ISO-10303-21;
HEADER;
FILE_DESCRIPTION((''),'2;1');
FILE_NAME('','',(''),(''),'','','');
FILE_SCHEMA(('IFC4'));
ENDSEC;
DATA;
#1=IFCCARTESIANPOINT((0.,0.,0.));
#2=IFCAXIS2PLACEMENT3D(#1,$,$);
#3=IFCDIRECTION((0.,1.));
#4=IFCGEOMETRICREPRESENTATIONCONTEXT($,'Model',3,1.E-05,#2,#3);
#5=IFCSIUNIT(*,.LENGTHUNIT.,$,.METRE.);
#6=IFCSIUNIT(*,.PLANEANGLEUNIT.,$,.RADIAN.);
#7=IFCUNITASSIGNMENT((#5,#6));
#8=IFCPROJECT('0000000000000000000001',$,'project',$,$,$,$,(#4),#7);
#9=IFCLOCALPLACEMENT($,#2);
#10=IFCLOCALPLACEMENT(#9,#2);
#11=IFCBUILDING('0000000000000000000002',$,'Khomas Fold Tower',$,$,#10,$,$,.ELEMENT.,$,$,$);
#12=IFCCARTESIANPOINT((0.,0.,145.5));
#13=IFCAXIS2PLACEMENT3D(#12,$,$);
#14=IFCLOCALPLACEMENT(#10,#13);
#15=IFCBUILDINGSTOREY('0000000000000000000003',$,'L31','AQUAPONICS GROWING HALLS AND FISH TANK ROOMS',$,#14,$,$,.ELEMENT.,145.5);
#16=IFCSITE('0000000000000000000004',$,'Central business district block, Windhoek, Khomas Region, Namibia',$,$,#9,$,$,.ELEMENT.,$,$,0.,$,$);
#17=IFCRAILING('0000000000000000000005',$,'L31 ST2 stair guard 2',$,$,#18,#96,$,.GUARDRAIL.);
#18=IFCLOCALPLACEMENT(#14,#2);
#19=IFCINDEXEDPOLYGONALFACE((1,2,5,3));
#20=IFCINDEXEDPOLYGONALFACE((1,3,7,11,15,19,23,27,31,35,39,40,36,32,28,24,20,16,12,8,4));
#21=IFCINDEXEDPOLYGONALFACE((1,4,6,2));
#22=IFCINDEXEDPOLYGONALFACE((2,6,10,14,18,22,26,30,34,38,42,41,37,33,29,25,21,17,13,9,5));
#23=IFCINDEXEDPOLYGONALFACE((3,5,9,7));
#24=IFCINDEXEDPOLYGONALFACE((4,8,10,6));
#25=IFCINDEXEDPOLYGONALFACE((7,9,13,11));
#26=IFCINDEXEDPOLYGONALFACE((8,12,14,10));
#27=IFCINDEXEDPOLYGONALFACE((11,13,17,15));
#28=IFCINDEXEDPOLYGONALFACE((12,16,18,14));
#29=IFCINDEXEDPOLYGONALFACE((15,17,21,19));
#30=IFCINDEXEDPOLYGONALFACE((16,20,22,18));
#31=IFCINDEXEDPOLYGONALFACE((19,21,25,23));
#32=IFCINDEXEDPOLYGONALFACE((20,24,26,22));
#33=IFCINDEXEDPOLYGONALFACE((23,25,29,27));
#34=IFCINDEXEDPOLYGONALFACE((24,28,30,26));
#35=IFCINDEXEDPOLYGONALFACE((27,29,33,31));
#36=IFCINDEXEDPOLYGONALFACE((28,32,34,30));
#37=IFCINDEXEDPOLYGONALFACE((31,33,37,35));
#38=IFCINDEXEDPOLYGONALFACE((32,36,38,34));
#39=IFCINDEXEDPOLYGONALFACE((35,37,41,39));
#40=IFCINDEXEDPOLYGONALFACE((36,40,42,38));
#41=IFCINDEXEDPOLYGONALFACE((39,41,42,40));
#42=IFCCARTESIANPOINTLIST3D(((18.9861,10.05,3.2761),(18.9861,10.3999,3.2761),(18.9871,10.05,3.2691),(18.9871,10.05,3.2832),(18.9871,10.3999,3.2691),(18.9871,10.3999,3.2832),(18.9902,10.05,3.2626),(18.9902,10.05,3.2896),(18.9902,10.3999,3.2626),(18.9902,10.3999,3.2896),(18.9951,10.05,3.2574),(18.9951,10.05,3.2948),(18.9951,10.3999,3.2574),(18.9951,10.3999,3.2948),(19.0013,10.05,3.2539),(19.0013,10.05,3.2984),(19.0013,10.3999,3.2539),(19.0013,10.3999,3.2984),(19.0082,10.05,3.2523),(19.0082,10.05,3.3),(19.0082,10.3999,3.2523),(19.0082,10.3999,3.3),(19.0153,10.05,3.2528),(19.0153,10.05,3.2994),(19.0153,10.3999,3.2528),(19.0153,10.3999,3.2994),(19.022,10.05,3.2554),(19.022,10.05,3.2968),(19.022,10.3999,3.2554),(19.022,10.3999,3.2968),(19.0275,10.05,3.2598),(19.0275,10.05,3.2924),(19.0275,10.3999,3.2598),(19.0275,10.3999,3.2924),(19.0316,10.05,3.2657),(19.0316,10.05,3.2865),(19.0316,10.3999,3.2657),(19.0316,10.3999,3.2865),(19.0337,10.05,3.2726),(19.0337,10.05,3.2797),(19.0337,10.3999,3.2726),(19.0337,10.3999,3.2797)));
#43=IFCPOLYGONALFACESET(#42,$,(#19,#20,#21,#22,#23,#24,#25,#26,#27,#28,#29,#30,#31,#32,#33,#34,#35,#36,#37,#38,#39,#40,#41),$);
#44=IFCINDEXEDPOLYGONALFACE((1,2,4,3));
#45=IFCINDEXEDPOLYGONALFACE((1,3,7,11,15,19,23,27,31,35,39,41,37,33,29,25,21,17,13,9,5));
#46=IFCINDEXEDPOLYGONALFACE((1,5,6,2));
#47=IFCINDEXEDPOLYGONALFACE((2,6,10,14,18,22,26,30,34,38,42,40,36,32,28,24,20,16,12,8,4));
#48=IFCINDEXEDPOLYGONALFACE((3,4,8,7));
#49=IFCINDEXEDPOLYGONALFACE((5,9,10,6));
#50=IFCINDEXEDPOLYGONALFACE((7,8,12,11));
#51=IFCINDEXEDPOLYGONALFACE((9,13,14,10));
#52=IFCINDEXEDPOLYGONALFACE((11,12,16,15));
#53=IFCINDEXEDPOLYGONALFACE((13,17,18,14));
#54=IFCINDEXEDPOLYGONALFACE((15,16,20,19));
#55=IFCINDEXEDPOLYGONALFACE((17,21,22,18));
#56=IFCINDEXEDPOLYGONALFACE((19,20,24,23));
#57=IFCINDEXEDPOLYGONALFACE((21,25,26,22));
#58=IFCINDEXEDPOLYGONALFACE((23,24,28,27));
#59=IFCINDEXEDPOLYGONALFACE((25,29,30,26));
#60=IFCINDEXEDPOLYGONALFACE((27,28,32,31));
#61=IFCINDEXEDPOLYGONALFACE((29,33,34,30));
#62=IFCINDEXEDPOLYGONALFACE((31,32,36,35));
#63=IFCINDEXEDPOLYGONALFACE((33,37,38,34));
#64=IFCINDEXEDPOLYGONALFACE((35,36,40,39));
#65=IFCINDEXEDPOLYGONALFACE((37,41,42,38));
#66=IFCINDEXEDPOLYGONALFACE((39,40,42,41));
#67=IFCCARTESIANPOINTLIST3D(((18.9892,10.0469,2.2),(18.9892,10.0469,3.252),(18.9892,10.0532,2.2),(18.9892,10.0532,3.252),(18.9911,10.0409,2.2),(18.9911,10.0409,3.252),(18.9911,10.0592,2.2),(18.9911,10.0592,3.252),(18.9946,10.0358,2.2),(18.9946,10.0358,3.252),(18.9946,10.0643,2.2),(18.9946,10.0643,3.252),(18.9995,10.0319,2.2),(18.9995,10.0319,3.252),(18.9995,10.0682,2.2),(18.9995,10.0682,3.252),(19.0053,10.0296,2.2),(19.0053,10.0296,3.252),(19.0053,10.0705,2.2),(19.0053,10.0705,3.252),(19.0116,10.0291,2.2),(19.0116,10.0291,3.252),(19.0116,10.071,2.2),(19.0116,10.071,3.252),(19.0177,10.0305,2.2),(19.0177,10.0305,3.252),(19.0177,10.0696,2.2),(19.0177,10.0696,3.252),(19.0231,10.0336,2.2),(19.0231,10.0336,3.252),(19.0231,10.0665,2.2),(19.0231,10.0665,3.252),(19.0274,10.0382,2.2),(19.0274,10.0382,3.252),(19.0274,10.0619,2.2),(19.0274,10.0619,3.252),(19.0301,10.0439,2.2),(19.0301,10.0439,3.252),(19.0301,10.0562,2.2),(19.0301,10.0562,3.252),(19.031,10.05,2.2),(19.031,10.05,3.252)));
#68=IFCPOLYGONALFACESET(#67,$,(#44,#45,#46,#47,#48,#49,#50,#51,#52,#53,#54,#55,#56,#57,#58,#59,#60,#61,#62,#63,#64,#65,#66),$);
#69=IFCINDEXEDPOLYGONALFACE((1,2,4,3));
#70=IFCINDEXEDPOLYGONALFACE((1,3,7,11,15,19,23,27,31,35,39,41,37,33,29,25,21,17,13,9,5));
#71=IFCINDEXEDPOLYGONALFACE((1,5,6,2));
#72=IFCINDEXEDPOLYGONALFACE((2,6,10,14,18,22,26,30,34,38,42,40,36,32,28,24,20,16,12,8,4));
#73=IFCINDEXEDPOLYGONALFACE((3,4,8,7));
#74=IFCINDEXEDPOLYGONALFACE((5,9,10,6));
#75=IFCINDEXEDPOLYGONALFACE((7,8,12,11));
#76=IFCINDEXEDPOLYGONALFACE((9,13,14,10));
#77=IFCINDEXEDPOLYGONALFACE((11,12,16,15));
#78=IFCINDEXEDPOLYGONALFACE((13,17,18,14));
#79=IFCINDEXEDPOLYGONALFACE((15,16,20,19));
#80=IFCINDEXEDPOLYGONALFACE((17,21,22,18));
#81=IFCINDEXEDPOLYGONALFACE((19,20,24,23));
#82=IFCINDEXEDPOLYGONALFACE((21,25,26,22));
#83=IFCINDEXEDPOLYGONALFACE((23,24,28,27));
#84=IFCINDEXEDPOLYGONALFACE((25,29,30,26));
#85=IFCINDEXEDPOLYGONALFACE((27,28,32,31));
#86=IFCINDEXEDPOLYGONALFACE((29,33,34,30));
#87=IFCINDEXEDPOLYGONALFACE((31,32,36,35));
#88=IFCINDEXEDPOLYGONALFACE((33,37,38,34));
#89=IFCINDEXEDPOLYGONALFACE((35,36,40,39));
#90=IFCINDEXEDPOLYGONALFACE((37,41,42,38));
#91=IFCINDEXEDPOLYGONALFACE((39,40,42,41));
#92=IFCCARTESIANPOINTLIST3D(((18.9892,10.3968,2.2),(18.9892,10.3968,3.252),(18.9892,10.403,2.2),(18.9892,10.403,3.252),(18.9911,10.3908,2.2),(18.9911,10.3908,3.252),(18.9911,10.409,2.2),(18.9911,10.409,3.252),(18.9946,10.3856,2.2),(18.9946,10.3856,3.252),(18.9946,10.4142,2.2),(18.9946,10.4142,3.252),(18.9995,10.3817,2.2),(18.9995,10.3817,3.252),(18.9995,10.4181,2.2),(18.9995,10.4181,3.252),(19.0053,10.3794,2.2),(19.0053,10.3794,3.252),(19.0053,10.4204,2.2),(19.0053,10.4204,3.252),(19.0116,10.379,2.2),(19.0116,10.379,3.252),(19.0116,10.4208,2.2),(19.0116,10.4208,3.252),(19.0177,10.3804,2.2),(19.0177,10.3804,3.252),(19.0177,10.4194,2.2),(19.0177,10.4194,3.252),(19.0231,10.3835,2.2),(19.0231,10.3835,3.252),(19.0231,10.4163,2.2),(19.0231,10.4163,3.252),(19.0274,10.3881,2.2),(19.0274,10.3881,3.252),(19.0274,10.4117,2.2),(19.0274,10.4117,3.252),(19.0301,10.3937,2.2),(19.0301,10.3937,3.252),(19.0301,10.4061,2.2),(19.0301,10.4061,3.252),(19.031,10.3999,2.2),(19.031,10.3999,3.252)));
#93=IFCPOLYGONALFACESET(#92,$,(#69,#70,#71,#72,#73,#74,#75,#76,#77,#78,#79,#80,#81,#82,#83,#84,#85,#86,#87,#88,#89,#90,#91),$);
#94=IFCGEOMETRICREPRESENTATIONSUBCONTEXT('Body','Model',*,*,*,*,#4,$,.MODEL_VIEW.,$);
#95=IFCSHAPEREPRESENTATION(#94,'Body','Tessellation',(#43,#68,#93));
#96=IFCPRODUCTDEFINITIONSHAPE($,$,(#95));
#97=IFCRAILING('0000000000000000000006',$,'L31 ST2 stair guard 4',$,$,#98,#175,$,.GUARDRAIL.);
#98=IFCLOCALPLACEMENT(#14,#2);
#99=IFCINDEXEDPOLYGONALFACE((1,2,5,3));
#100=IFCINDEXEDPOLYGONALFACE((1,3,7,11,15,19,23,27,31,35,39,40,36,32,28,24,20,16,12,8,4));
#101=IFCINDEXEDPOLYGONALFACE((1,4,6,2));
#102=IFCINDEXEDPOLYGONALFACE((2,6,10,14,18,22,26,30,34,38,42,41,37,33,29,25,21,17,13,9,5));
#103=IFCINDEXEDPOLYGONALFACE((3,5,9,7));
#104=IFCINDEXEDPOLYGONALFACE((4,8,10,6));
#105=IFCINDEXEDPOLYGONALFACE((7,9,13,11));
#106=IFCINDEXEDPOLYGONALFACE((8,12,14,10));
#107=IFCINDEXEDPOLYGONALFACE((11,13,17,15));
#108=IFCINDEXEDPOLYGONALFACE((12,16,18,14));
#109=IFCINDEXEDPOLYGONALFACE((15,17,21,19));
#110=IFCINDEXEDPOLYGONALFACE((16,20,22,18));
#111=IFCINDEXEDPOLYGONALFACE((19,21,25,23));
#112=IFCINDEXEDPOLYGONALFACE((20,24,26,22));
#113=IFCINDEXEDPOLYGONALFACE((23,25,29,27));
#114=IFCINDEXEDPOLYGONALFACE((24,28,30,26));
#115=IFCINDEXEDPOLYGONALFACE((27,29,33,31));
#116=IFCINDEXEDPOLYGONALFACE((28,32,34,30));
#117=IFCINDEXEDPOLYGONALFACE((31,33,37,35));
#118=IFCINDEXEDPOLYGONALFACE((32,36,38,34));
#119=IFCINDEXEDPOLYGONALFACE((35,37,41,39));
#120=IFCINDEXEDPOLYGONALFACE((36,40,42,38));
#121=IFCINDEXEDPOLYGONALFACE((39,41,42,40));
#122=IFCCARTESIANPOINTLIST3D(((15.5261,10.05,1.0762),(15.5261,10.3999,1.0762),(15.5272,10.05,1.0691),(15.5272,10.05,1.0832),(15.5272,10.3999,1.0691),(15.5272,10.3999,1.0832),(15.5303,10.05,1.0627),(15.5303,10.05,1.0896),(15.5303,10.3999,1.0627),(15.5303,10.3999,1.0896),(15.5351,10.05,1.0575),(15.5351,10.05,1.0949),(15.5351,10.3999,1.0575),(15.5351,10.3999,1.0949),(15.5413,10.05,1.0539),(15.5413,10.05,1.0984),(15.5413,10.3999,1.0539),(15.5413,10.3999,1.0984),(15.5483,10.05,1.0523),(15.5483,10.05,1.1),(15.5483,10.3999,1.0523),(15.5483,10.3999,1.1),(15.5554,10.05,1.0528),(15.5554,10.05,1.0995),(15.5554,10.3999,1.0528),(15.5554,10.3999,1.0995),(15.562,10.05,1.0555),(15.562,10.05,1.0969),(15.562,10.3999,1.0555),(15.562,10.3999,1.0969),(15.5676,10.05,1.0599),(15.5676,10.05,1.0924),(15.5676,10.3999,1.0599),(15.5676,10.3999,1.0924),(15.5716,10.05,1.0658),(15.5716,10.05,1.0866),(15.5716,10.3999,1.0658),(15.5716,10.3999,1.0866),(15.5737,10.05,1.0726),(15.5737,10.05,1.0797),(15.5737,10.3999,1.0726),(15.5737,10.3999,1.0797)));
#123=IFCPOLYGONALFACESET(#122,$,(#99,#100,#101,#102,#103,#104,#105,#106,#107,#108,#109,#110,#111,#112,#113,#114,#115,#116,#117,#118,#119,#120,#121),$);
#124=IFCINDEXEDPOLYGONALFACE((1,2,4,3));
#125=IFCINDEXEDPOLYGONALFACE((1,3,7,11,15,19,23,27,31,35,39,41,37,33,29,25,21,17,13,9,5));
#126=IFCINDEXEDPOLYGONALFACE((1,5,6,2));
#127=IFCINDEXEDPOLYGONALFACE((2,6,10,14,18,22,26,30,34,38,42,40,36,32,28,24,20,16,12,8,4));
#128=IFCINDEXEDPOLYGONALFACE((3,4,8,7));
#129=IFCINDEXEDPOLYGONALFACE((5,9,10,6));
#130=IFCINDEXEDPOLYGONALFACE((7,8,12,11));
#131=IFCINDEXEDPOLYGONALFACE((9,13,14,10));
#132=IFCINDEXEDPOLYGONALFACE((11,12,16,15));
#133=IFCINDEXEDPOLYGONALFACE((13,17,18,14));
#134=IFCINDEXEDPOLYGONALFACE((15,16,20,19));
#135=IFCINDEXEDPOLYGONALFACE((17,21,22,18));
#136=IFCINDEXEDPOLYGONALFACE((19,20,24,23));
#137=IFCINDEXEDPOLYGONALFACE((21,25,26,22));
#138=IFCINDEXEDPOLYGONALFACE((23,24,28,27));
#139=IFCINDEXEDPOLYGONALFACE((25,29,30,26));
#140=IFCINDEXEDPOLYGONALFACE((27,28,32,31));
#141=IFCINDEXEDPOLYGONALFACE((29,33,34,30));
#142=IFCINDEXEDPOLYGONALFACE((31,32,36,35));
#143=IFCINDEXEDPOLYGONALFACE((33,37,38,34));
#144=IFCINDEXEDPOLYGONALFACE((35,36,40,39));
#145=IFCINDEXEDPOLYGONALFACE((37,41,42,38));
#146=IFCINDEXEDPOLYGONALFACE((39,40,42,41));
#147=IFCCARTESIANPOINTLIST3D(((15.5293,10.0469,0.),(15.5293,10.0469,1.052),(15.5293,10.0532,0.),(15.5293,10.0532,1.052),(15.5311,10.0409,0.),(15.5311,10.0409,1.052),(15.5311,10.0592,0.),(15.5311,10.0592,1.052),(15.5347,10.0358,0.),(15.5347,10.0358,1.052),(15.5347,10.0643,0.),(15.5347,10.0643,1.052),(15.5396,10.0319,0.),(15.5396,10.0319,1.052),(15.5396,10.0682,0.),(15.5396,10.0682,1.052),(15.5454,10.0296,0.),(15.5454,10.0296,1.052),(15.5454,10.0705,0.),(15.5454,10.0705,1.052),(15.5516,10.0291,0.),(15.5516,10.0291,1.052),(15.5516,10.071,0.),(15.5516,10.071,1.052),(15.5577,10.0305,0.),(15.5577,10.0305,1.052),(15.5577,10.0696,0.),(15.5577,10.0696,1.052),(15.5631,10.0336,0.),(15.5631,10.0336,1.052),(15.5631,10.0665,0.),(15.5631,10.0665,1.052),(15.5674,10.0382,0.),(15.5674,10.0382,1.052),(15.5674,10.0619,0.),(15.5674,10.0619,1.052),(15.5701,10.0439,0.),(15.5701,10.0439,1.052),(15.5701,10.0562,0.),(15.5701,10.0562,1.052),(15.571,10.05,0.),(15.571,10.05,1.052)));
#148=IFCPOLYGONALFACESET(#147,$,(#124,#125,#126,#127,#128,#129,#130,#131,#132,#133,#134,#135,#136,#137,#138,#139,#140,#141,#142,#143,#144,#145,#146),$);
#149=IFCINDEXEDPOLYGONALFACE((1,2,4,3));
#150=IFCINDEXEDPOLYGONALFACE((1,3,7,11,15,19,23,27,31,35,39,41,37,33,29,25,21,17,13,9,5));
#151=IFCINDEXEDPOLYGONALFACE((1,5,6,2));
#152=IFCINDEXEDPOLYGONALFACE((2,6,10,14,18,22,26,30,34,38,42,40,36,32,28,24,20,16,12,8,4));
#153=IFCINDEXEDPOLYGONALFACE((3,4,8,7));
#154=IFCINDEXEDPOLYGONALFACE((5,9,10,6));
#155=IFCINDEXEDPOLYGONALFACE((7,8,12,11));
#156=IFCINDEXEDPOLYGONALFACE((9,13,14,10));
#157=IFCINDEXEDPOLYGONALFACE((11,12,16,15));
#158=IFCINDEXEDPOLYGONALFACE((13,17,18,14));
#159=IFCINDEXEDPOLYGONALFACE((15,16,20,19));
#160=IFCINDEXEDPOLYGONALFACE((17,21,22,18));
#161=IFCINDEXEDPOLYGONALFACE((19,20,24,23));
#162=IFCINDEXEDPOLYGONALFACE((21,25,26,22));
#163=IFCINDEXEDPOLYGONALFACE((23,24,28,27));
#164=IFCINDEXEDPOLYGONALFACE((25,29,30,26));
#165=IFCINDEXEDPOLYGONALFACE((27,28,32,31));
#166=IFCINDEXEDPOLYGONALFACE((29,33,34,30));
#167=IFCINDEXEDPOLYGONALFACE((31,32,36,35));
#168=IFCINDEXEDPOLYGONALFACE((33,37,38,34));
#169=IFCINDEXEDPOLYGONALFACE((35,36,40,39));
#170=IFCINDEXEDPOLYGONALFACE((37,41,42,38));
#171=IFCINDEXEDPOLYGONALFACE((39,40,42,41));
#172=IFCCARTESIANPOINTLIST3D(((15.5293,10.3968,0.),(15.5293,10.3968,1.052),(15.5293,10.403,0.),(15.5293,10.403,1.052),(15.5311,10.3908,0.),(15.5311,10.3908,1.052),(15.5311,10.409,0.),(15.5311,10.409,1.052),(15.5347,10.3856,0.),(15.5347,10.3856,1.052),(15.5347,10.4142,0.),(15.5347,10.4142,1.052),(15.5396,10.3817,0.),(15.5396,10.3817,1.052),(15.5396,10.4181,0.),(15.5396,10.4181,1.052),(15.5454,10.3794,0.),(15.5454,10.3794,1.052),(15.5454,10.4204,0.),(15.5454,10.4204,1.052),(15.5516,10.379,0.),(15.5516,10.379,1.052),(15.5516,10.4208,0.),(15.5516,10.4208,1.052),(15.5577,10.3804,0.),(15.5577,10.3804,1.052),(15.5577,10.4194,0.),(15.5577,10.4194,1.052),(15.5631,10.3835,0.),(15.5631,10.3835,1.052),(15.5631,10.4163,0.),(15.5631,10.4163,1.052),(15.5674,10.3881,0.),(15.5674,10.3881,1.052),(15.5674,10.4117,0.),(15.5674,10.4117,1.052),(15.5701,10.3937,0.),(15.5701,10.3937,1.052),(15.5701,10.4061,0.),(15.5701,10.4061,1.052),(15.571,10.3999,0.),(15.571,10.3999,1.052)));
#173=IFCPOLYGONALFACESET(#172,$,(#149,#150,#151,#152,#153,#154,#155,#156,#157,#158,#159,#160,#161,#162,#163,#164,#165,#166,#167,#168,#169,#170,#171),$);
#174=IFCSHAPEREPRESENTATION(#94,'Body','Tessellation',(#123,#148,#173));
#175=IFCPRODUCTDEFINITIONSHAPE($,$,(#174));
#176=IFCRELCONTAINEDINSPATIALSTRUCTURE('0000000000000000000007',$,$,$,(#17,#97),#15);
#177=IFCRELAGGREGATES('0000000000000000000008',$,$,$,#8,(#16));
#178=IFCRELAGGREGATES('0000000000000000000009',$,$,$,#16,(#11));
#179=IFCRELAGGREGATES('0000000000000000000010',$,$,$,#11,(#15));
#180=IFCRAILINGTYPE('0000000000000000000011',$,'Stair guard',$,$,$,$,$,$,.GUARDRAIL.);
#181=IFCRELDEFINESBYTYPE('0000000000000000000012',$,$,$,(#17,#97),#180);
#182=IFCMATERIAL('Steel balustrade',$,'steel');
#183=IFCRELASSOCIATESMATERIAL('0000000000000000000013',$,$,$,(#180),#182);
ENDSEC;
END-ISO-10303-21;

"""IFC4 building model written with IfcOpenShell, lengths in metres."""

from ifc_helpers import new_model, si_unit, direction, frame, origin, origin_2d, place, context, subcontext, project, spatial, circle, extrude, source, transform, mapped, material, type_object, element, save


model = new_model("IFC4")

# Units and contexts
model_context = context("Model", 3, precision=1e-05, world=origin(), true_north=direction((0.0, 1.0)))
body_context = subcontext(model_context, "Body", "Model", "MODEL_VIEW")
ifc_project = project(units=[si_unit("LENGTHUNIT", "METRE"), si_unit("PLANEANGLEUNIT", "RADIAN")], contexts=[model_context])

# Site, building, storey
site_placement = place(None, origin())
site = spatial("IfcSite", under=ifc_project, at=site_placement, Name="Central business district block, Windhoek, Khomas Region, Namibia", CompositionType="ELEMENT", RefElevation=0.0)
building_placement = place(site_placement, origin())
building = spatial("IfcBuilding", under=site, at=building_placement, Name="Khomas Fold Tower", CompositionType="ELEMENT")
storey_placement = place(building_placement, frame((0.0, 0.0, 145.5)))
storey = spatial("IfcBuildingStorey", under=building, at=storey_placement, Name="L31", Description="AQUAPONICS GROWING HALLS AND FISH TANK ROOMS", CompositionType="ELEMENT", Elevation=145.5)

# Railings
ifc_material_1 = material(Name="Steel balustrade", Category="steel")
railing_type_1 = type_object("IfcRailingType", Name="Stair guard", PredefinedType="GUARDRAIL", material=ifc_material_1)
shared_shape_1 = source(origin(), body_context, "Body", "SweptSolid", [
    extrude(circle(Radius=0.0239, at=origin_2d()), frame((0.0, 0.0, 1.0762), z_axis=(0.0, 1.0, 0.0), x_axis=(-1.0, 0.0, 0.0)), (0.0, 0.0, 1.0), 0.3499),
    extrude(circle(Radius=0.021, at=origin_2d()), origin(), (0.0, 0.0, 1.0), 1.052),
    extrude(circle(Radius=0.021, at=origin_2d()), frame((0.0, 0.3499, 0.0)), (0.0, 0.0, 1.0), 1.052),
])
for number, where, name in (
    (1, (19.01, 10.05, 2.2), "L31 ST2 stair guard 2"),
    (2, (15.55, 10.05, 0.0), "L31 ST2 stair guard 4"),
):
    element("IfcRailing", number, at=place(storey_placement, frame(where)), inside=storey, type_object=railing_type_1, Name=name, PredefinedType="GUARDRAIL", context=body_context, shape_type="MappedRepresentation", body=[
        mapped(shared_shape_1, transform((0.0, 0.0, 0.0))),
    ])

save(model, "model.ifc")
